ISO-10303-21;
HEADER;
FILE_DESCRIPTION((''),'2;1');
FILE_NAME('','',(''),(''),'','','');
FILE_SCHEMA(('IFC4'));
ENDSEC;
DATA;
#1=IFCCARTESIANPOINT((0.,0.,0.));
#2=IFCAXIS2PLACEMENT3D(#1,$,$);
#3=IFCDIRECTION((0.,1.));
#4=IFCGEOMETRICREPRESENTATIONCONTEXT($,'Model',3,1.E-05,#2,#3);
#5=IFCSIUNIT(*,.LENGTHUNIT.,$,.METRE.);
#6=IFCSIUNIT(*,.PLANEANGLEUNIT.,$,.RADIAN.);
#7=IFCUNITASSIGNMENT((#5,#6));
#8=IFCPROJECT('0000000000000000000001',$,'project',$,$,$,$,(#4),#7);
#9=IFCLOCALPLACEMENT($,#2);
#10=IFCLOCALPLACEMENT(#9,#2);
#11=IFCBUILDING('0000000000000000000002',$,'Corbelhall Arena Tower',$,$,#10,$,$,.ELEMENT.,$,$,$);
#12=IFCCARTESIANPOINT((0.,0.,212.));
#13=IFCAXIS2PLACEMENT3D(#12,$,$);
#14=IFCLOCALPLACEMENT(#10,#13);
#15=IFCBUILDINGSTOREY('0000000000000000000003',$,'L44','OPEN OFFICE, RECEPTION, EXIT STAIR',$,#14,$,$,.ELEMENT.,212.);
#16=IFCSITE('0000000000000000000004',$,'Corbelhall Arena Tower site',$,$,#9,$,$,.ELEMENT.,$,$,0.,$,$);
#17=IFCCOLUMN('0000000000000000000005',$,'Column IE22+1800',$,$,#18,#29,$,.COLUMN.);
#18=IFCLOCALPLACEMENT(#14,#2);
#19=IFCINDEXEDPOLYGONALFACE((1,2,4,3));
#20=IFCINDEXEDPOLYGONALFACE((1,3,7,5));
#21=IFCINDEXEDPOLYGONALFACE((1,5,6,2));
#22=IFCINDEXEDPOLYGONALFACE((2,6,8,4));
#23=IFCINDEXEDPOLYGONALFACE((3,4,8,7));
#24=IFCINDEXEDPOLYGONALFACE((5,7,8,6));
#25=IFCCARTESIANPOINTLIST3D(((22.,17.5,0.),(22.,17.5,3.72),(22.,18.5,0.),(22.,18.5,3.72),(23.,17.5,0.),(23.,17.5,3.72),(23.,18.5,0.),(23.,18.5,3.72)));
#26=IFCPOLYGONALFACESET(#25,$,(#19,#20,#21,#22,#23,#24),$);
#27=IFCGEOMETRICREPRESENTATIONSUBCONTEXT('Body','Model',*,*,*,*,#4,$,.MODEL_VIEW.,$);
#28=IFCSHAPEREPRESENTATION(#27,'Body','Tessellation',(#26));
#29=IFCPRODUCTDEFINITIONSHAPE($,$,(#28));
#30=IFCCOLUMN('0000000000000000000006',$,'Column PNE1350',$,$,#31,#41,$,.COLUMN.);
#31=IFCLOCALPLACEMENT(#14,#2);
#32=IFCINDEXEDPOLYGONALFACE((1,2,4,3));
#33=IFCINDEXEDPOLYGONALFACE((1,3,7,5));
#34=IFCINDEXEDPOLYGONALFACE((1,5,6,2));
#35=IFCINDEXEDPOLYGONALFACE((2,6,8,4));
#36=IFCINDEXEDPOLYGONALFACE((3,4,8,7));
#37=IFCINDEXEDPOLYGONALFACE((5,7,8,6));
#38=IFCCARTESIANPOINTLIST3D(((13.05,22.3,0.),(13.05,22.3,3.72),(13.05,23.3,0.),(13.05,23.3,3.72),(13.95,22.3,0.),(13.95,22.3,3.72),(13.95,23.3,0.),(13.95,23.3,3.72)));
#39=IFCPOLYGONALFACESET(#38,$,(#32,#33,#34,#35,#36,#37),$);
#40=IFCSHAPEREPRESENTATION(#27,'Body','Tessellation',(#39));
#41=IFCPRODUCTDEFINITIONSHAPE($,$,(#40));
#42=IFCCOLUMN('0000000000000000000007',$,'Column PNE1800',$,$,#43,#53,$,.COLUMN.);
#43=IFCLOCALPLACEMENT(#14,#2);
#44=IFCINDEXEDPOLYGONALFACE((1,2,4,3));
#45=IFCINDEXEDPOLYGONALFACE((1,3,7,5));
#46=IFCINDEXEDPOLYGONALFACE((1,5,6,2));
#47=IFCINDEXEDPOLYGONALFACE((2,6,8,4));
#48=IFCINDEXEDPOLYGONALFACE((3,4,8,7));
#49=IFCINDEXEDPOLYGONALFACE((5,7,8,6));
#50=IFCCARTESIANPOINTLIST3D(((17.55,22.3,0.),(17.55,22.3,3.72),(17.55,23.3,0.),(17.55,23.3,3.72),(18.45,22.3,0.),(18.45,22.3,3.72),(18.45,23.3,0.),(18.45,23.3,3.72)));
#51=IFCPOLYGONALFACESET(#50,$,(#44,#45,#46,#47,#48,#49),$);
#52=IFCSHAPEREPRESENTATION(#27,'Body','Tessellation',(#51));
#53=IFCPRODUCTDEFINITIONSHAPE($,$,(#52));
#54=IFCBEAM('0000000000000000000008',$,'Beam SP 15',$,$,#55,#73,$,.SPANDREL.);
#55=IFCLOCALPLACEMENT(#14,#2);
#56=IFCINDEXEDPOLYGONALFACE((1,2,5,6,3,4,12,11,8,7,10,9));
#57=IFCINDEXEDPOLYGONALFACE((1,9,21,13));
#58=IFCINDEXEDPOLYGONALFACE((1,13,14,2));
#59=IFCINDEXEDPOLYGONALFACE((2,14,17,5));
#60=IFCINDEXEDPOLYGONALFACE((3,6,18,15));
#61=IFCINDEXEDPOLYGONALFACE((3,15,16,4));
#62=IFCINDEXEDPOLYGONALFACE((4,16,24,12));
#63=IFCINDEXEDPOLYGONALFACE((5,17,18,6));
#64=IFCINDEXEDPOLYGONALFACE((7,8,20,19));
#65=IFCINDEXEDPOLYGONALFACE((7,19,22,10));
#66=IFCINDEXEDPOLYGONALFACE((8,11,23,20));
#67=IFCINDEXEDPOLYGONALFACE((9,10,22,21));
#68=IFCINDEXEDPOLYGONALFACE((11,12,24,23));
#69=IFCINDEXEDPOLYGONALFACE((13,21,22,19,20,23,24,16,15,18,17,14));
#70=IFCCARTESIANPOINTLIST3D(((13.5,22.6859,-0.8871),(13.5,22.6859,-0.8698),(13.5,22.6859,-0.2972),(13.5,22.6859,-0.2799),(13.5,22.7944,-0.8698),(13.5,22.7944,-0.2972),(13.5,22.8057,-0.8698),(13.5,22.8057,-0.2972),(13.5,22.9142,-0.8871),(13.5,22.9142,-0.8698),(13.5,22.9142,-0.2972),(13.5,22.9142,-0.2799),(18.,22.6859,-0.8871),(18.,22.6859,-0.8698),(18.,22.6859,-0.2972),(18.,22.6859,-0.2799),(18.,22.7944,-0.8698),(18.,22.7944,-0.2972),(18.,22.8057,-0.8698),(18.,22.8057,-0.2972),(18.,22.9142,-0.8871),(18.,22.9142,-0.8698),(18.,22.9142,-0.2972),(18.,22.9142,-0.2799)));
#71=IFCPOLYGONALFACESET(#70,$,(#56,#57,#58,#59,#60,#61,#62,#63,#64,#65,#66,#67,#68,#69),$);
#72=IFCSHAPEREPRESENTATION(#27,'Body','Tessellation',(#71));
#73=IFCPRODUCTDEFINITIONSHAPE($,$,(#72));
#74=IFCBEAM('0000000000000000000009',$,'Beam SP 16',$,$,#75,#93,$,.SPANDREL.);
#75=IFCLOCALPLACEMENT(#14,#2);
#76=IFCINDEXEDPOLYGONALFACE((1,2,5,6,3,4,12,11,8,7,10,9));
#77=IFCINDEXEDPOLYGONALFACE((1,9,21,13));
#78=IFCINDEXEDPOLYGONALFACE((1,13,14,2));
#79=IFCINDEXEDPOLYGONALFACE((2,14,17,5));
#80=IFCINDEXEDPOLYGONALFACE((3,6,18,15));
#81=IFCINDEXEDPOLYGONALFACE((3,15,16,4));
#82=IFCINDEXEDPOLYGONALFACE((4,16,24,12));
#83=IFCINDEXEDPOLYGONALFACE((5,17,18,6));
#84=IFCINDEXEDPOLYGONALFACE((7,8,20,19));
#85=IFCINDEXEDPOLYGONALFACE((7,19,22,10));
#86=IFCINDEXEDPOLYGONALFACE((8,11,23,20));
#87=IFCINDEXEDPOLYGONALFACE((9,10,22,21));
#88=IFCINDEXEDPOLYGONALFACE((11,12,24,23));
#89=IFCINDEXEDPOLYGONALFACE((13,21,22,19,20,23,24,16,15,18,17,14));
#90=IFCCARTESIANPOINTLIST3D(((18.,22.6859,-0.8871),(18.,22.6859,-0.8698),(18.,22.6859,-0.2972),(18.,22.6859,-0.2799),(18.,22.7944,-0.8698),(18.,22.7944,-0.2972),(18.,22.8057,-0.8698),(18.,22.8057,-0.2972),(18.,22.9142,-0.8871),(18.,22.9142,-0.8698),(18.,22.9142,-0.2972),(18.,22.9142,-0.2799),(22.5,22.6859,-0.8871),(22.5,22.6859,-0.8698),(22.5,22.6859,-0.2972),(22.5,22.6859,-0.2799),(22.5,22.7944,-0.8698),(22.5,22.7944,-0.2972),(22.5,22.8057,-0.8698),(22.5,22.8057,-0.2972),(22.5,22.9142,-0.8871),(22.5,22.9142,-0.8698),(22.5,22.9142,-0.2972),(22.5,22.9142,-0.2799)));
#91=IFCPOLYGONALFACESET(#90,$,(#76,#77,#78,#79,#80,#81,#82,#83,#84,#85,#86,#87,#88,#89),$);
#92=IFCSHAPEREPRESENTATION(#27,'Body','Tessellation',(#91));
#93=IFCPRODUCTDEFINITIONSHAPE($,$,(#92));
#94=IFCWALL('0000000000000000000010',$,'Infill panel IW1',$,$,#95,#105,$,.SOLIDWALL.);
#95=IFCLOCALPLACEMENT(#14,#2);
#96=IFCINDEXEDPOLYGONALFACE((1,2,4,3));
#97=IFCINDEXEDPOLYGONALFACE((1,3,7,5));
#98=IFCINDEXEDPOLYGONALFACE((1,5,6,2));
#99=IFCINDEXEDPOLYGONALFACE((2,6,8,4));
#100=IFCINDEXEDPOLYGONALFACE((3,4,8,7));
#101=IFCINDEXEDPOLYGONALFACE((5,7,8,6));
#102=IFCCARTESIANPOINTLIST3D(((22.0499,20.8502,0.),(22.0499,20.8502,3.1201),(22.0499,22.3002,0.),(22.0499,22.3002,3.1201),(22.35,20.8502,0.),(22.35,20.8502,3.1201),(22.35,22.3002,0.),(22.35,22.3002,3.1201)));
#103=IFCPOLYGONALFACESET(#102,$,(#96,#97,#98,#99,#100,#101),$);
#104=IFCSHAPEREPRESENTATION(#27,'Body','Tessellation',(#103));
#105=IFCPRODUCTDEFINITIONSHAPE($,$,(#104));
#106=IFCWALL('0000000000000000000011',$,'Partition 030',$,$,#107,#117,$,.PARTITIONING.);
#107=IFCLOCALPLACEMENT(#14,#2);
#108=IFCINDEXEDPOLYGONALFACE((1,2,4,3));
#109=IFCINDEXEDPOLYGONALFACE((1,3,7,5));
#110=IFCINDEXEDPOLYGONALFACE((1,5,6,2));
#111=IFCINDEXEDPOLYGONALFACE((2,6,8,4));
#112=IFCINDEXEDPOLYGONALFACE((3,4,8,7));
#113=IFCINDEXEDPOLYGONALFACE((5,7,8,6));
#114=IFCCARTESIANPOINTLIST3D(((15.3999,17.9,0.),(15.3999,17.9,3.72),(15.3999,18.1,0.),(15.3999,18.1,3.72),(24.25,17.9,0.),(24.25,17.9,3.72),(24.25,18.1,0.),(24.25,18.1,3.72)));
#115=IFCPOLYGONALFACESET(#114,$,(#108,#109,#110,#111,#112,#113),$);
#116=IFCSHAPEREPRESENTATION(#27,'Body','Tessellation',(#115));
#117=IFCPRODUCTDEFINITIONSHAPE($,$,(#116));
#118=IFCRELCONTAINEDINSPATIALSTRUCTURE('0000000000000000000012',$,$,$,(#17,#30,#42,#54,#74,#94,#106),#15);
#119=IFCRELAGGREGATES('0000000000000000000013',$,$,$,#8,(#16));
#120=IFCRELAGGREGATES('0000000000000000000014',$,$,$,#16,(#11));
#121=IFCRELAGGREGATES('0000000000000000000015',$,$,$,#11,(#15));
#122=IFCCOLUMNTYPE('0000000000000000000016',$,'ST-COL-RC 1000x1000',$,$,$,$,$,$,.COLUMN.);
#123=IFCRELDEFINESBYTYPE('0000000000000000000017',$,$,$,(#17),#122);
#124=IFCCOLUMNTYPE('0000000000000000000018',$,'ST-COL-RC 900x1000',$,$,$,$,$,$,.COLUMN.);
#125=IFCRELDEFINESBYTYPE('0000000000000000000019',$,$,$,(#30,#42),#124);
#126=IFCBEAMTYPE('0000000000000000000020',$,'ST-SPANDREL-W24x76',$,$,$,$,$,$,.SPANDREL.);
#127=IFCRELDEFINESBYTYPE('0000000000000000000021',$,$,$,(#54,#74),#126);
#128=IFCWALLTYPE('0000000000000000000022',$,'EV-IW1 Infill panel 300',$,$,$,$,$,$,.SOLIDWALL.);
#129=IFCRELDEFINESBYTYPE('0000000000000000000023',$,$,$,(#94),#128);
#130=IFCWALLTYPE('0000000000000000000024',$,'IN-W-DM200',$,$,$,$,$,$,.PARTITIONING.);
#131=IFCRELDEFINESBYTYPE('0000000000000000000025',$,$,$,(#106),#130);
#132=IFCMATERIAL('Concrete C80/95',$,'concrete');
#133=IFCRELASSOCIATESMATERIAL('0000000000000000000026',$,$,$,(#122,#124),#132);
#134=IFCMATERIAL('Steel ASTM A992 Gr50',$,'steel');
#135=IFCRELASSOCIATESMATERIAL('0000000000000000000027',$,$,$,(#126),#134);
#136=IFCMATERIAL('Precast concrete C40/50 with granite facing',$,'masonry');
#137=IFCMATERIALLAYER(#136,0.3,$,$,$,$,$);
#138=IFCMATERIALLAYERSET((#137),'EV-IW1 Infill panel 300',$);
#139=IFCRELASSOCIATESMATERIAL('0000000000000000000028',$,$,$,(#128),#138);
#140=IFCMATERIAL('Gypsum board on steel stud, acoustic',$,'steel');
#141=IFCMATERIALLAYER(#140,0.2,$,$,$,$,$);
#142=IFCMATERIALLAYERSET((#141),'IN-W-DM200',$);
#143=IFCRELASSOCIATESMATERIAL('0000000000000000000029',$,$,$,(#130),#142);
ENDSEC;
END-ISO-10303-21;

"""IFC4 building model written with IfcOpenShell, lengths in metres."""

from ifc_helpers import new_model, si_unit, direction, frame, frame_2d, origin, origin_2d, place, context, subcontext, project, spatial, rectangle, i_section, extrude, material, layer, layer_set, material_profile, profile_set, type_object, element, save


model = new_model("IFC4")

# Units and contexts
model_context = context("Model", 3, precision=1e-05, world=origin(), true_north=direction((0.0, 1.0)))
body_context = subcontext(model_context, "Body", "Model", "MODEL_VIEW")
ifc_project = project(units=[si_unit("LENGTHUNIT", "METRE"), si_unit("PLANEANGLEUNIT", "RADIAN")], contexts=[model_context])

# Site, building, storey
site_placement = place(None, origin())
site = spatial("IfcSite", under=ifc_project, at=site_placement, Name="Corbelhall Arena Tower site", CompositionType="ELEMENT", RefElevation=0.0)
building_placement = place(site_placement, origin())
building = spatial("IfcBuilding", under=site, at=building_placement, Name="Corbelhall Arena Tower", CompositionType="ELEMENT")
storey_placement = place(building_placement, frame((0.0, 0.0, 212.0)))
storey = spatial("IfcBuildingStorey", under=building, at=storey_placement, Name="L44", Description="OPEN OFFICE, RECEPTION, EXIT STAIR", CompositionType="ELEMENT", Elevation=212.0)

# Columns
ifc_material_1 = material(Name="Concrete C80/95", Category="concrete")
ifc_material_profile_1 = material_profile(ifc_material_1, rectangle(XDim=1.0, YDim=1.0, at=origin_2d()))
ifc_profile_set_1 = profile_set([ifc_material_profile_1], Name="Concrete C80/95")
column_type_1 = type_object("IfcColumnType", Name="ST-COL-RC 1000x1000", PredefinedType="COLUMN", material=ifc_profile_set_1)
column_placement = place(storey_placement, frame((22.5, 18.0, 0.0), z_axis=(0.0, 0.0, 1.0), x_axis=(1.0, 0.0, 0.0)))
element("IfcColumn", 1, at=column_placement, inside=storey, type_object=column_type_1, Name="Column IE22+1800", PredefinedType="COLUMN", context=body_context, shape_type="SweptSolid", body=[
    extrude(rectangle(XDim=1.0, YDim=1.0, at=origin_2d()), origin(), (0.0, 0.0, 1.0), 3.72),
])
ifc_material_profile_2 = material_profile(ifc_material_1, rectangle(XDim=0.8999, YDim=1.0, at=origin_2d()))
ifc_profile_set_2 = profile_set([ifc_material_profile_2], Name="Concrete C80/95")
column_type_2 = type_object("IfcColumnType", Name="ST-COL-RC 900x1000", PredefinedType="COLUMN", material=ifc_profile_set_2)
for number, where, z_axis, x_axis, name in (
    (2, (13.5, 22.8, 0.0), (0.0, 0.0, 1.0), (1.0, 0.0, 0.0), "Column PNE1350"),
    (3, (18.0, 22.8, 0.0), (0.0, 0.0, 1.0), (1.0, 0.0, 0.0), "Column PNE1800"),
):
    element("IfcColumn", number, at=place(storey_placement, frame(where, z_axis=z_axis, x_axis=x_axis)), inside=storey, type_object=column_type_2, Name=name, PredefinedType="COLUMN", context=body_context, shape_type="SweptSolid", body=[
        extrude(rectangle(XDim=0.8999, YDim=1.0, at=origin_2d()), origin(), (0.0, 0.0, 1.0), 3.72),
    ])

# Beams
ifc_material_2 = material(Name="Steel ASTM A992 Gr50", Category="steel")
ifc_material_profile_3 = material_profile(ifc_material_2, i_section(OverallWidth=0.2283, OverallDepth=0.6072, WebThickness=0.0112, FlangeThickness=0.0173, at=origin_2d()))
ifc_profile_set_3 = profile_set([ifc_material_profile_3], Name="Steel ASTM A992 Gr50")
beam_type = type_object("IfcBeamType", Name="ST-SPANDREL-W24x76", PredefinedType="SPANDREL", material=ifc_profile_set_3)
for number, where, z_axis, x_axis, name in (
    (4, (13.5, 22.8, -0.5835), (1.0, 0.0, 0.0), (0.0, 1.0, 0.0), "Beam SP 15"),
    (5, (18.0, 22.8, -0.5835), (1.0, 0.0, 0.0), (0.0, 1.0, 0.0), "Beam SP 16"),
):
    element("IfcBeam", number, at=place(storey_placement, frame(where, z_axis=z_axis, x_axis=x_axis)), inside=storey, type_object=beam_type, Name=name, PredefinedType="SPANDREL", context=body_context, shape_type="SweptSolid", body=[
        extrude(i_section(OverallWidth=0.2283, OverallDepth=0.6072, WebThickness=0.0112, FlangeThickness=0.0173, at=origin_2d()), origin(), (0.0, 0.0, 1.0), 4.5),
    ])

# Wall
ifc_material_3 = material(Name="Precast concrete C40/50 with granite facing", Category="masonry")
ifc_layer_1 = layer(ifc_material_3, 0.3)
ifc_layer_set_1 = layer_set([ifc_layer_1], Name="EV-IW1 Infill panel 300")
wall_type_1 = type_object("IfcWallType", Name="EV-IW1 Infill panel 300", PredefinedType="SOLIDWALL", material=ifc_layer_set_1)
wall_1_placement = place(storey_placement, frame((22.2, 20.8501, 0.0), z_axis=(0.0, 0.0, 1.0), x_axis=(0.0, 1.0, 0.0)))
element("IfcWall", 6, at=wall_1_placement, inside=storey, type_object=wall_type_1, Name="Infill panel IW1", PredefinedType="SOLIDWALL", context=body_context, shape_type="SweptSolid", body=[
    extrude(rectangle(XDim=1.45, YDim=0.3, at=frame_2d((0.7251, 0.0))), origin(), (0.0, 0.0, 1.0), 3.1201),
])

# Shared definitions
ifc_material_4 = material(Name="Gypsum board on steel stud, acoustic", Category="steel")
ifc_layer_2 = layer(ifc_material_4, 0.2)
ifc_layer_set_2 = layer_set([ifc_layer_2], Name="IN-W-DM200")
wall_type_2 = type_object("IfcWallType", Name="IN-W-DM200", PredefinedType="PARTITIONING", material=ifc_layer_set_2)

# Wall
wall_2_placement = place(storey_placement, frame((15.3999, 18.0, 0.0), z_axis=(0.0, 0.0, 1.0), x_axis=(1.0, 0.0, 0.0)))
element("IfcWall", 7, at=wall_2_placement, inside=storey, type_object=wall_type_2, Name="Partition 030", PredefinedType="PARTITIONING", context=body_context, shape_type="SweptSolid", body=[
    extrude(rectangle(XDim=8.8501, YDim=0.2, at=frame_2d((4.425, 0.0))), origin(), (0.0, 0.0, 1.0), 3.72),
])

save(model, "model.ifc")
